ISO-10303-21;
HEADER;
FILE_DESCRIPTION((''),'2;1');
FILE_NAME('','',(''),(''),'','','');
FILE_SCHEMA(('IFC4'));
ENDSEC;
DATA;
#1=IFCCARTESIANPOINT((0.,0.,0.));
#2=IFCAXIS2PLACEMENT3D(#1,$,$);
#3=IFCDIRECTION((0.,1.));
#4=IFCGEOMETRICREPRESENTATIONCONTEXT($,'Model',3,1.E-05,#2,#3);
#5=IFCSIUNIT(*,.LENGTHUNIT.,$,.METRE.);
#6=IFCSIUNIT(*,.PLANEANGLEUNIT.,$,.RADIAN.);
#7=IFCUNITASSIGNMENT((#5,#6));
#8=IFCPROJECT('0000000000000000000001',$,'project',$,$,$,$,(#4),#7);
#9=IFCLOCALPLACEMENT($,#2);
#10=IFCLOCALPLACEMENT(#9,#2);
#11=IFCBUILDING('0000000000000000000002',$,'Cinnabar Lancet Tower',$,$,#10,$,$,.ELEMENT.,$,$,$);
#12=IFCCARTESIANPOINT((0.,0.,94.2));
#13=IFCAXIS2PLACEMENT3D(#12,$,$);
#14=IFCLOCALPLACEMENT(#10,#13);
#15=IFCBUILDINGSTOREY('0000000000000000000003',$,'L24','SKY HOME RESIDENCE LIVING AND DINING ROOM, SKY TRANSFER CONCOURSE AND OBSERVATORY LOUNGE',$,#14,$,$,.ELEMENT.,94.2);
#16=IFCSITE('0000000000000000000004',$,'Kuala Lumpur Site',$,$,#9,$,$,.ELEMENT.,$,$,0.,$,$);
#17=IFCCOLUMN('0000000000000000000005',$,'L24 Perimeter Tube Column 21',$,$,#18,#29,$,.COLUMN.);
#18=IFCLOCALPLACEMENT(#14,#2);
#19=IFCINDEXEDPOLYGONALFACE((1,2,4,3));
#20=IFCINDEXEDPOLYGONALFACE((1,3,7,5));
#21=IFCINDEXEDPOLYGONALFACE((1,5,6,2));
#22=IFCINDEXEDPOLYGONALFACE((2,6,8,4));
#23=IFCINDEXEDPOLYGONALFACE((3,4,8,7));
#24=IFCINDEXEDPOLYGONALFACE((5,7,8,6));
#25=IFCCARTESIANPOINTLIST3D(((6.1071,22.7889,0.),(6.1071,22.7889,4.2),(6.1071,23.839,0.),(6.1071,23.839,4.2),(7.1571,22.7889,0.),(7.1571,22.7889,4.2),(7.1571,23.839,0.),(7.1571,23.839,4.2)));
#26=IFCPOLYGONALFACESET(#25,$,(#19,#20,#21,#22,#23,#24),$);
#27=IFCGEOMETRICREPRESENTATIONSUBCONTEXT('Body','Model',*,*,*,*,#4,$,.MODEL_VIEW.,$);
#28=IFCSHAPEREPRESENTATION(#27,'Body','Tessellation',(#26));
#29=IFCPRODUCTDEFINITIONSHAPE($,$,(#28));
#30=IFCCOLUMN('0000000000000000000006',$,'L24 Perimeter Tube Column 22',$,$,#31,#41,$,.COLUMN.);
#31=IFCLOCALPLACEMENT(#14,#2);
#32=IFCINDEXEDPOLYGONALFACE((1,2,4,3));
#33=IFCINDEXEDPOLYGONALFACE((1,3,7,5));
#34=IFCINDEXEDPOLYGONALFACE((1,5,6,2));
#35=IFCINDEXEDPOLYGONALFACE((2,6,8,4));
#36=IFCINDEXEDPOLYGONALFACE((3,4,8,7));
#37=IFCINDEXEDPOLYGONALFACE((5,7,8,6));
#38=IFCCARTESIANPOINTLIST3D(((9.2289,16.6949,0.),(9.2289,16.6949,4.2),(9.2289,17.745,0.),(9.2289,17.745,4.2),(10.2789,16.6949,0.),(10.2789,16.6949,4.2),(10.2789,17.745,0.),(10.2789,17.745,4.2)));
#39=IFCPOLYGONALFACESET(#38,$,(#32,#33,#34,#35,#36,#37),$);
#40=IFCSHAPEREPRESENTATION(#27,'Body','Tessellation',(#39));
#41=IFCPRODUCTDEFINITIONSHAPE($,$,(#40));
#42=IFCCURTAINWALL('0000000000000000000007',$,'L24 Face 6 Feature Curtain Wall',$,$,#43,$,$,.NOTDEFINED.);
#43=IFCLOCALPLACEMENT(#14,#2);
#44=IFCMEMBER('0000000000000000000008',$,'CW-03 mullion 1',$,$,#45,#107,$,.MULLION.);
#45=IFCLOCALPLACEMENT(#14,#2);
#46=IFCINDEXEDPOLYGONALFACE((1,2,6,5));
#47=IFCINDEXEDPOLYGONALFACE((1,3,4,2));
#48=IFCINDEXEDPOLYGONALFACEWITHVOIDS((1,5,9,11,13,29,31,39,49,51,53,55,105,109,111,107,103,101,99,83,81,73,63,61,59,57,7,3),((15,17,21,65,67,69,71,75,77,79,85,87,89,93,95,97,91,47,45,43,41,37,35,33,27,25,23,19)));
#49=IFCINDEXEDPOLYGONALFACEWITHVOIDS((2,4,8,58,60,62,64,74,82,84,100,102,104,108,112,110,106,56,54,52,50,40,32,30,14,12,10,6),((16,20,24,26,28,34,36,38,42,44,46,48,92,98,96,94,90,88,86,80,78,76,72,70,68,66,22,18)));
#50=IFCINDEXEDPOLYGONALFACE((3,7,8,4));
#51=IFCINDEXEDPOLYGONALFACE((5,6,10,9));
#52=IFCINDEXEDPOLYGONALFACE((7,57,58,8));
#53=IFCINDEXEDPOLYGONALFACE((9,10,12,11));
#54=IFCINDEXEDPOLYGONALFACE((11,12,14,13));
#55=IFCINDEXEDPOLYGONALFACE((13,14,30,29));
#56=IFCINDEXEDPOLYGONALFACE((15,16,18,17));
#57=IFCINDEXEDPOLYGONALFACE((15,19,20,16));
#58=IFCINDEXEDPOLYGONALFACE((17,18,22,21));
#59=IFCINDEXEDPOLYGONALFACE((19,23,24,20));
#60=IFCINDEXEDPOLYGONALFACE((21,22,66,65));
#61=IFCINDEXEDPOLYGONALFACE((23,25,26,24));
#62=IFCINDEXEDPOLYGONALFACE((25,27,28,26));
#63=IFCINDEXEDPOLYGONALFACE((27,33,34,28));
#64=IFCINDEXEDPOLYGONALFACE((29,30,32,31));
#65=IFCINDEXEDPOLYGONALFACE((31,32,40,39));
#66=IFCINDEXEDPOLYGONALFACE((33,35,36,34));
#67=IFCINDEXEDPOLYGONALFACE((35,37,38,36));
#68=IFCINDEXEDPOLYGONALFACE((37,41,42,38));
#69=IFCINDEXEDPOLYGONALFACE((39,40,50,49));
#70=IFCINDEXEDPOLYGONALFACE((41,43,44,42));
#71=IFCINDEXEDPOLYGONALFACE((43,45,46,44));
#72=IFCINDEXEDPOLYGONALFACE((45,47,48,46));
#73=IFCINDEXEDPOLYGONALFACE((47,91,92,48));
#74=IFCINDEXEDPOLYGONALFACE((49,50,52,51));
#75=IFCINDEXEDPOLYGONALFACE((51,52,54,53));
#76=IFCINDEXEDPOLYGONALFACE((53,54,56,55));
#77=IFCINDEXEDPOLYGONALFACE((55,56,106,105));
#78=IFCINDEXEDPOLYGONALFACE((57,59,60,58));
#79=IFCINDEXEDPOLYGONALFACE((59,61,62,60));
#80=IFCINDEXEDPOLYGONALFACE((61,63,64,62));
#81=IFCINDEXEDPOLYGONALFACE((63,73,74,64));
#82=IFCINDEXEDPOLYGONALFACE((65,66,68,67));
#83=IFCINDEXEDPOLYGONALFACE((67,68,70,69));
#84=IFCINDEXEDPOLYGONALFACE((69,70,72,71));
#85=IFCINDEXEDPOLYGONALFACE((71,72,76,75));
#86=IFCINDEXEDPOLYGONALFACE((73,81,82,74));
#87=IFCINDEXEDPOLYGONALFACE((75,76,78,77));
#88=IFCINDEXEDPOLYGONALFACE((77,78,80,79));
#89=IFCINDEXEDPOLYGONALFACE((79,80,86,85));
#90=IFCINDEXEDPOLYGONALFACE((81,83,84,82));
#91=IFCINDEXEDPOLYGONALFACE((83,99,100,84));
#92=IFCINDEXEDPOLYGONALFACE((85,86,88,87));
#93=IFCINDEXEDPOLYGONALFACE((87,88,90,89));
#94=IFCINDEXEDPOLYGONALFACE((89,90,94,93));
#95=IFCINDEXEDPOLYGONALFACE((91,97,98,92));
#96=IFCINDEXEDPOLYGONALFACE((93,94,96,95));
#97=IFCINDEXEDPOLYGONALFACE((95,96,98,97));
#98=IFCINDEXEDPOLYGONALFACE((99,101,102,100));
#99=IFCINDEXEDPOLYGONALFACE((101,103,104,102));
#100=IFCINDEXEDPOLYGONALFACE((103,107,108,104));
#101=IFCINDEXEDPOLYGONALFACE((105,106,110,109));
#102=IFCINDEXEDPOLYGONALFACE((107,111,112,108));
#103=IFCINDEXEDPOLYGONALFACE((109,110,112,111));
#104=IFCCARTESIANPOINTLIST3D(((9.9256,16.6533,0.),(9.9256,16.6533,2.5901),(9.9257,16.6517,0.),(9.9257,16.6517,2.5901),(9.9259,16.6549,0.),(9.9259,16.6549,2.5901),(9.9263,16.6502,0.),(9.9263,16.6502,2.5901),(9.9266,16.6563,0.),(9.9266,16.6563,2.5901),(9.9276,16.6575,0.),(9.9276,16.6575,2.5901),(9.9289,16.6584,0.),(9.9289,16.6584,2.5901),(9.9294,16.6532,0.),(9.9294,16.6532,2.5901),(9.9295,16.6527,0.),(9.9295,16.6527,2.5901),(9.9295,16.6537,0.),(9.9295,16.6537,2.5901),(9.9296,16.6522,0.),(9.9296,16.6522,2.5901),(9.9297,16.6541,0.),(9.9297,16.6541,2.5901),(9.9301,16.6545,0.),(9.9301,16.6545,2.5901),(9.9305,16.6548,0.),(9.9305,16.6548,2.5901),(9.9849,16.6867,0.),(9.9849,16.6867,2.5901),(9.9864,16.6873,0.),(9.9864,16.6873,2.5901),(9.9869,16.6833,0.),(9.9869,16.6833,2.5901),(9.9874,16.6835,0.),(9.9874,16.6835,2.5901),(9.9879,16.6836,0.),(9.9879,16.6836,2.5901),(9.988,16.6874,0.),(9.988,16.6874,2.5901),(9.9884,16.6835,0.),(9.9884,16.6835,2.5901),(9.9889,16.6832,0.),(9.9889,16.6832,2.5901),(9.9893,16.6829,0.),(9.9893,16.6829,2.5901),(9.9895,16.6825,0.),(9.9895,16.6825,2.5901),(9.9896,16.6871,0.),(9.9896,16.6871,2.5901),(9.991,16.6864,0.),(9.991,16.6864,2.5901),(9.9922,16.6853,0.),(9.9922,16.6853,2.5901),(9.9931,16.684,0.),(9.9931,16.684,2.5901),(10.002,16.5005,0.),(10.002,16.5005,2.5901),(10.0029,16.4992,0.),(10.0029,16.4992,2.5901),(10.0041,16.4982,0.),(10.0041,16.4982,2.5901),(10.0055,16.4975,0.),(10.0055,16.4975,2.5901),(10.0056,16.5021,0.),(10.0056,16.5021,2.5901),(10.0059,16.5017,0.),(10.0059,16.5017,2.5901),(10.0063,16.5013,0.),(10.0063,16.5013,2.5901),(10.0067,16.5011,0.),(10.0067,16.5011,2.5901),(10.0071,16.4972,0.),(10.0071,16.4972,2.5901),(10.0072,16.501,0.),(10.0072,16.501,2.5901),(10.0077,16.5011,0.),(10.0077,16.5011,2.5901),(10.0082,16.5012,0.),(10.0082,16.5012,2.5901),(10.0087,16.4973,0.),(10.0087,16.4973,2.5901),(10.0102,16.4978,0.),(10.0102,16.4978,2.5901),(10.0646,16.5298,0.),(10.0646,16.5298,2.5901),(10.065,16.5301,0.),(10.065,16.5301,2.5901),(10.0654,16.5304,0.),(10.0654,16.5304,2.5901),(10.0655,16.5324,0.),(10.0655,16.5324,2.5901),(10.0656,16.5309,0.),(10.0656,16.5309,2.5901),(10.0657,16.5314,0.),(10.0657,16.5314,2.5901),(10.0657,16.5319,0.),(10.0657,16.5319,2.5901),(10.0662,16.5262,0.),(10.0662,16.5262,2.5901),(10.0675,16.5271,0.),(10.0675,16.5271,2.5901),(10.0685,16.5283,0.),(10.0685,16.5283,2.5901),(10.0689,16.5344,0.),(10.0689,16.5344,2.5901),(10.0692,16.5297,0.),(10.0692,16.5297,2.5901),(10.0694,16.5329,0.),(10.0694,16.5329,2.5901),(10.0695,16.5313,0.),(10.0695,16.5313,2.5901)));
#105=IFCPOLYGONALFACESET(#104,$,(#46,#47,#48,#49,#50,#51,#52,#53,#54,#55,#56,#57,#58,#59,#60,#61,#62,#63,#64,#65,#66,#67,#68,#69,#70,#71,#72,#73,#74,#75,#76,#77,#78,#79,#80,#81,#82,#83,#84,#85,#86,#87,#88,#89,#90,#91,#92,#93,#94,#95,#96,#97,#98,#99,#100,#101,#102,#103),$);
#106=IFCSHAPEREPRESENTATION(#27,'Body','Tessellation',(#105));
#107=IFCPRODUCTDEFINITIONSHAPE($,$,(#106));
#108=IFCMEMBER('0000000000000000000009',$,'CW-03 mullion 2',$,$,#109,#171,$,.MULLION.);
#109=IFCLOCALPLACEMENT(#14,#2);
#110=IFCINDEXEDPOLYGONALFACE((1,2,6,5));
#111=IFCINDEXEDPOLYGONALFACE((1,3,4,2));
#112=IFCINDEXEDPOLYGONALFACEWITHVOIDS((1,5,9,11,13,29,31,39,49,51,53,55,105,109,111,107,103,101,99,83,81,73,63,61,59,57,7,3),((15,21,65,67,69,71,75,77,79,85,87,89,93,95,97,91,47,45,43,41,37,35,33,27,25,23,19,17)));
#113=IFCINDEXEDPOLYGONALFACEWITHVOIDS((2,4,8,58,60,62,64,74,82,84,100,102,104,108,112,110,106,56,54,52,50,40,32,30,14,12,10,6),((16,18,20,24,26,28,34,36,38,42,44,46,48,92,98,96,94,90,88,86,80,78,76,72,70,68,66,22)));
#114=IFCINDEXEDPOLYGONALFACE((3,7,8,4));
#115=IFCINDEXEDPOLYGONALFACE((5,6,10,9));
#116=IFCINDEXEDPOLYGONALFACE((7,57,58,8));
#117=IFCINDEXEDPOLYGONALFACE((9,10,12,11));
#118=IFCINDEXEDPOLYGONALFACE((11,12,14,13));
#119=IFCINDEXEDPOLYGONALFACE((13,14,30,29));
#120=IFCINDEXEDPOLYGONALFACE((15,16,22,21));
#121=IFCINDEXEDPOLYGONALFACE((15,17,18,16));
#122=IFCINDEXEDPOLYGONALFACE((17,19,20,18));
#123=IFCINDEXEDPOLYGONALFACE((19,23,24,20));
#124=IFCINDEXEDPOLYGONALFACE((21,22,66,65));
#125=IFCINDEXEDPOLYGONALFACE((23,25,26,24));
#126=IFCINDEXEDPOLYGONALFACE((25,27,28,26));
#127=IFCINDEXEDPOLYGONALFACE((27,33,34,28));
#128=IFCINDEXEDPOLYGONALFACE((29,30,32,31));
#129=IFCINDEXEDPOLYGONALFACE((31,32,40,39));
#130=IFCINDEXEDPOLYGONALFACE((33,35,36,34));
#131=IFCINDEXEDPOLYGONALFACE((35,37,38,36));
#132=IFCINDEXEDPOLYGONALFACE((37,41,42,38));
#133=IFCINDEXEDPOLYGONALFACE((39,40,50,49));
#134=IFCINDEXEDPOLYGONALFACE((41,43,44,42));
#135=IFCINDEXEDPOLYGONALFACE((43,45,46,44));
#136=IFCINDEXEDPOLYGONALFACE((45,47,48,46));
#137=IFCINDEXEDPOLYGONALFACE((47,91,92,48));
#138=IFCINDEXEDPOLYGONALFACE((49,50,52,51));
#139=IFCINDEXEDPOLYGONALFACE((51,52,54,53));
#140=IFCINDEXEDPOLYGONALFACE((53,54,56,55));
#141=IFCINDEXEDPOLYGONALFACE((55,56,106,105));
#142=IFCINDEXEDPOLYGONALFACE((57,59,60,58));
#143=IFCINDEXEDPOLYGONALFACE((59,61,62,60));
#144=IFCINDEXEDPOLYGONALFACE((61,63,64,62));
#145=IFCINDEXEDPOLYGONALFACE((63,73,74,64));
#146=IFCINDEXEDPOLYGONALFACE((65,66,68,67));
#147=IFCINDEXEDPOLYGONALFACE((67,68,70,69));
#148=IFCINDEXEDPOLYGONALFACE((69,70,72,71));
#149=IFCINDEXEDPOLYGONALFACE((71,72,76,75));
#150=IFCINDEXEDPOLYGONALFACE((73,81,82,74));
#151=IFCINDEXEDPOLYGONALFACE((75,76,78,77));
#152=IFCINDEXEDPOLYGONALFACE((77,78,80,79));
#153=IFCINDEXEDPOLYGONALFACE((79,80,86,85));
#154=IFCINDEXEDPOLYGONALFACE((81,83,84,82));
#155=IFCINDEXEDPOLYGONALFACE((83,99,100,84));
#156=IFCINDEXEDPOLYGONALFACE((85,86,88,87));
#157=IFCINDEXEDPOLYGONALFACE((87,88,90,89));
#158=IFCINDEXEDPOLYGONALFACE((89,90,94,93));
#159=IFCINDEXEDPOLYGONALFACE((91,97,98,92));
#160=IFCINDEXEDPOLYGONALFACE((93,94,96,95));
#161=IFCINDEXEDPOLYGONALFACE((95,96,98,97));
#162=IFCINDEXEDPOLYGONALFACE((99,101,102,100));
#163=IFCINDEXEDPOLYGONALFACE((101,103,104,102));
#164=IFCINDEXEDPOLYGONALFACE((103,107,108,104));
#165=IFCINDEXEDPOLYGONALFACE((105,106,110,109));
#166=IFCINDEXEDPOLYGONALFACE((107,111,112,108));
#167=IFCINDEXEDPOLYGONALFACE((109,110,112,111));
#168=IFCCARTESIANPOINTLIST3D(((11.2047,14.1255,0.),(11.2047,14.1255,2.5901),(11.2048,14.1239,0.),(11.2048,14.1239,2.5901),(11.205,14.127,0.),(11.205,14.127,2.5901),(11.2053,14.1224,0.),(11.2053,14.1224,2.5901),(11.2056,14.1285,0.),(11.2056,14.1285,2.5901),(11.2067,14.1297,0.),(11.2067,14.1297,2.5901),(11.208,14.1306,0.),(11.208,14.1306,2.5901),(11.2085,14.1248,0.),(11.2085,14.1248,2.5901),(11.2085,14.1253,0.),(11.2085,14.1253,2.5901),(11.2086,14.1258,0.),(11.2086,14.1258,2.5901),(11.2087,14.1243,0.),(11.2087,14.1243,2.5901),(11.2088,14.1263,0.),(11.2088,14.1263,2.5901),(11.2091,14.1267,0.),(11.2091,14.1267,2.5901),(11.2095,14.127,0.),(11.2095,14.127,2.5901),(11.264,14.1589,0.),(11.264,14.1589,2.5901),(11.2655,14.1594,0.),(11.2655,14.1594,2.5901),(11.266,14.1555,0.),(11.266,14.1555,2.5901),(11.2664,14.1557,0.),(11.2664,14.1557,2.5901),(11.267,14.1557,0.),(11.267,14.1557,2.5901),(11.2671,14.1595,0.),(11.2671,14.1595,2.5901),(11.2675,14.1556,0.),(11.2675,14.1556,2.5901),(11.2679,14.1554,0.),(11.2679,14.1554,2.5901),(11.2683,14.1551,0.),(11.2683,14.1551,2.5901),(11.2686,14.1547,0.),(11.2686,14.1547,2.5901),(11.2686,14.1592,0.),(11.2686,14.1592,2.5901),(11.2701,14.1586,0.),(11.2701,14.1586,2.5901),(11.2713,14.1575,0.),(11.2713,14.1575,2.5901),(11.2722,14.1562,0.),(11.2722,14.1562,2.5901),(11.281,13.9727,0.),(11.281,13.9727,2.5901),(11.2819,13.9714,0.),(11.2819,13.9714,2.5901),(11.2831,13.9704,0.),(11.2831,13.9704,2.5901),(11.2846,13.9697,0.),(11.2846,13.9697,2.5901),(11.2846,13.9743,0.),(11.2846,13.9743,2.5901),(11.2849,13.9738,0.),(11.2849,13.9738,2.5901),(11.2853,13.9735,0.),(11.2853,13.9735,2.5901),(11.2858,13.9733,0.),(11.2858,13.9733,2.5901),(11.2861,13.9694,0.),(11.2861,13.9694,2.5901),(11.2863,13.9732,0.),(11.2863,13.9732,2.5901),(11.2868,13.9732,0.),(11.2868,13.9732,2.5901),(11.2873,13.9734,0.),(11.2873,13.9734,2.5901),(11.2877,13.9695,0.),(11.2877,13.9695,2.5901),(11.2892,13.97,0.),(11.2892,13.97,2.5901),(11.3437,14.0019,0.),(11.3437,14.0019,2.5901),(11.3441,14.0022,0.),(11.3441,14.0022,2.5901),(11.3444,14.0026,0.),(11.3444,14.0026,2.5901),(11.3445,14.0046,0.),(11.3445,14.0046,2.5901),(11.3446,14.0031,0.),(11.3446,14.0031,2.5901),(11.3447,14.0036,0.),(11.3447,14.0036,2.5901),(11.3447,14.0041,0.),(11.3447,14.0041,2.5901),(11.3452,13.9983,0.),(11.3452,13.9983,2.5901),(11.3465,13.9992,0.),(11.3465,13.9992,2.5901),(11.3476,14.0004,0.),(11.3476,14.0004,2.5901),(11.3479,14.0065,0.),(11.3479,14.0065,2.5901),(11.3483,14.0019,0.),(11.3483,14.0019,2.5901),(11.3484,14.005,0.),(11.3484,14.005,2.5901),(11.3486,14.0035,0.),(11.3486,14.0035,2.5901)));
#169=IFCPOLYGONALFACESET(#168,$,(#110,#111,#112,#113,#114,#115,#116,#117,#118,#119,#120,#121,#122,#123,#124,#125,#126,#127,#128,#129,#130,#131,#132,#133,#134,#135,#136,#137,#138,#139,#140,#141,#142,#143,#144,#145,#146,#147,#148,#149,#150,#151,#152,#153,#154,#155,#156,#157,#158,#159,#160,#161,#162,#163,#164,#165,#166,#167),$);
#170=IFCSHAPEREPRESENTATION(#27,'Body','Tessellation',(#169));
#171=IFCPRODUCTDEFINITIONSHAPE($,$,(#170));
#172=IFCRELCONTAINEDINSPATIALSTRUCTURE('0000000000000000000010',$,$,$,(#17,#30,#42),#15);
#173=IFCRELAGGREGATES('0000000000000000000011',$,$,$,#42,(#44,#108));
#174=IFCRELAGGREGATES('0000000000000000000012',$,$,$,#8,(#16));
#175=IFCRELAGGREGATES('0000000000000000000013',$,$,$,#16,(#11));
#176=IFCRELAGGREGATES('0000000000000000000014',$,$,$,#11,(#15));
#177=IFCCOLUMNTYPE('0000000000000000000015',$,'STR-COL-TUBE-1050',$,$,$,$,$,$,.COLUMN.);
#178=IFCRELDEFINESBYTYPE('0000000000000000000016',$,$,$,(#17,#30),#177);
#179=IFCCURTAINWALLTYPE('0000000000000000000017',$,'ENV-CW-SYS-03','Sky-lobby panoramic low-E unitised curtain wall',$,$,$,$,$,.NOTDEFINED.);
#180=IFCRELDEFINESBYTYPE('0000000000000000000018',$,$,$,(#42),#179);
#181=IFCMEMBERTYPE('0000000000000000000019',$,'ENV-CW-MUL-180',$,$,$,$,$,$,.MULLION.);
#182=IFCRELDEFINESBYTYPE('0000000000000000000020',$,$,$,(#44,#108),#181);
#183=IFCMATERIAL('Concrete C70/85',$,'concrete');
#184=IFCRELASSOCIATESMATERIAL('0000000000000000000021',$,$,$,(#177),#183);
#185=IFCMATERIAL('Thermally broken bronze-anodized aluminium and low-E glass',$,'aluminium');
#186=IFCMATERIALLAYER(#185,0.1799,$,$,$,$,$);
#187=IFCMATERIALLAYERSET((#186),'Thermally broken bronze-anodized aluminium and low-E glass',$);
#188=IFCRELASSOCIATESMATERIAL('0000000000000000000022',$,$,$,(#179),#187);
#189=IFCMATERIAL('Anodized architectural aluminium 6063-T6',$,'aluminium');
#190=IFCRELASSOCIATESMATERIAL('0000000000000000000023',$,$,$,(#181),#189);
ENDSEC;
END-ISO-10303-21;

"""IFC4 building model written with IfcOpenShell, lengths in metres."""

from ifc_helpers import new_model, si_unit, direction, frame, origin, origin_2d, place, context, subcontext, project, spatial, rectangle, hollow_rectangle, extrude, material, layer, layer_set, material_profile, profile_set, type_object, element, aggregate, save


model = new_model("IFC4")

# Units and contexts
model_context = context("Model", 3, precision=1e-05, world=origin(), true_north=direction((0.0, 1.0)))
body_context = subcontext(model_context, "Body", "Model", "MODEL_VIEW")
ifc_project = project(units=[si_unit("LENGTHUNIT", "METRE"), si_unit("PLANEANGLEUNIT", "RADIAN")], contexts=[model_context])

# Site, building, storey
site_placement = place(None, origin())
site = spatial("IfcSite", under=ifc_project, at=site_placement, Name="Kuala Lumpur Site", CompositionType="ELEMENT", RefElevation=0.0)
building_placement = place(site_placement, origin())
building = spatial("IfcBuilding", under=site, at=building_placement, Name="Cinnabar Lancet Tower", CompositionType="ELEMENT")
storey_placement = place(building_placement, frame((0.0, 0.0, 94.2)))
storey = spatial("IfcBuildingStorey", under=building, at=storey_placement, Name="L24", Description="SKY HOME RESIDENCE LIVING AND DINING ROOM, SKY TRANSFER CONCOURSE AND OBSERVATORY LOUNGE", CompositionType="ELEMENT", Elevation=94.2)

# Columns
ifc_material_1 = material(Name="Concrete C70/85", Category="concrete")
ifc_material_profile_1 = material_profile(ifc_material_1, rectangle(XDim=1.05, YDim=1.05, at=origin_2d()), Name="RC-COL 1050x1050")
ifc_profile_set_1 = profile_set([ifc_material_profile_1], Name="Concrete C70/85")
column_type = type_object("IfcColumnType", Name="STR-COL-TUBE-1050", PredefinedType="COLUMN", material=ifc_profile_set_1)
for number, where, z_axis, x_axis, name in (
    (1, (6.6321, 23.314, 0.0), (0.0, 0.0, 1.0), (1.0, 0.0, 0.0), "L24 Perimeter Tube Column 21"),
    (2, (9.7539, 17.22, 0.0), (0.0, 0.0, 1.0), (1.0, 0.0, 0.0), "L24 Perimeter Tube Column 22"),
):
    element("IfcColumn", number, at=place(storey_placement, frame(where, z_axis=z_axis, x_axis=x_axis)), inside=storey, type_object=column_type, Name=name, PredefinedType="COLUMN", context=body_context, shape_type="SweptSolid", body=[
        extrude(rectangle(XDim=1.05, YDim=1.05, at=origin_2d()), origin(), (0.0, 0.0, 1.0), 4.2),
    ])

# Curtain wall, members
ifc_material_2 = material(Name="Thermally broken bronze-anodized aluminium and low-E glass", Category="aluminium")
ifc_layer_1 = layer(ifc_material_2, 0.1799)
ifc_layer_set_1 = layer_set([ifc_layer_1], Name="Thermally broken bronze-anodized aluminium and low-E glass")
curtain_wall_type = type_object("IfcCurtainWallType", Name="ENV-CW-SYS-03", Description="Sky-lobby panoramic low-E unitised curtain wall", PredefinedType="NOTDEFINED", material=ifc_layer_set_1)
curtain_wall_placement = place(storey_placement, origin())
curtain_wall = element("IfcCurtainWall", 3, at=curtain_wall_placement, inside=storey, type_object=curtain_wall_type, Name="L24 Face 6 Feature Curtain Wall", PredefinedType="NOTDEFINED")
ifc_material_3 = material(Name="Anodized architectural aluminium 6063-T6", Category="aluminium")
ifc_material_profile_2 = material_profile(ifc_material_3, hollow_rectangle(XDim=0.075, YDim=0.1799, WallThickness=0.0039, InnerFilletRadius=0.002, OuterFilletRadius=0.0061, at=origin_2d()), Name="CW-MUL 180x75x4")
ifc_profile_set_2 = profile_set([ifc_material_profile_2], Name="Anodized architectural aluminium 6063-T6")
member_type_1 = type_object("IfcMemberType", Name="ENV-CW-MUL-180", PredefinedType="MULLION", material=ifc_profile_set_2)
member_1_placement = place(storey_placement, frame((9.9976, 16.5923, 0.0), z_axis=(0.0, 0.0, 1.0), x_axis=(0.892286, 0.45147, 0.0)))
member_1 = element("IfcMember", 4, at=member_1_placement, type_object=member_type_1, Name="CW-03 mullion 1", PredefinedType="MULLION", context=body_context, shape_type="SweptSolid", body=[
    extrude(hollow_rectangle(XDim=0.075, YDim=0.1799, WallThickness=0.0039, InnerFilletRadius=0.002, OuterFilletRadius=0.0061, at=origin_2d()), origin(), (0.0, 0.0, 1.0), 2.5901),
])
member_2_placement = place(storey_placement, frame((11.2766, 14.0645, 0.0), z_axis=(0.0, 0.0, 1.0), x_axis=(0.892286, 0.45147, 0.0)))
member_2 = element("IfcMember", 5, at=member_2_placement, type_object=member_type_1, Name="CW-03 mullion 2", PredefinedType="MULLION", context=body_context, shape_type="SweptSolid", body=[
    extrude(hollow_rectangle(XDim=0.075, YDim=0.1799, WallThickness=0.0039, InnerFilletRadius=0.002, OuterFilletRadius=0.0061, at=origin_2d()), origin(), (0.0, 0.0, 1.0), 2.5901),
])

aggregate(curtain_wall, [member_1, member_2])

save(model, "model.ifc")
